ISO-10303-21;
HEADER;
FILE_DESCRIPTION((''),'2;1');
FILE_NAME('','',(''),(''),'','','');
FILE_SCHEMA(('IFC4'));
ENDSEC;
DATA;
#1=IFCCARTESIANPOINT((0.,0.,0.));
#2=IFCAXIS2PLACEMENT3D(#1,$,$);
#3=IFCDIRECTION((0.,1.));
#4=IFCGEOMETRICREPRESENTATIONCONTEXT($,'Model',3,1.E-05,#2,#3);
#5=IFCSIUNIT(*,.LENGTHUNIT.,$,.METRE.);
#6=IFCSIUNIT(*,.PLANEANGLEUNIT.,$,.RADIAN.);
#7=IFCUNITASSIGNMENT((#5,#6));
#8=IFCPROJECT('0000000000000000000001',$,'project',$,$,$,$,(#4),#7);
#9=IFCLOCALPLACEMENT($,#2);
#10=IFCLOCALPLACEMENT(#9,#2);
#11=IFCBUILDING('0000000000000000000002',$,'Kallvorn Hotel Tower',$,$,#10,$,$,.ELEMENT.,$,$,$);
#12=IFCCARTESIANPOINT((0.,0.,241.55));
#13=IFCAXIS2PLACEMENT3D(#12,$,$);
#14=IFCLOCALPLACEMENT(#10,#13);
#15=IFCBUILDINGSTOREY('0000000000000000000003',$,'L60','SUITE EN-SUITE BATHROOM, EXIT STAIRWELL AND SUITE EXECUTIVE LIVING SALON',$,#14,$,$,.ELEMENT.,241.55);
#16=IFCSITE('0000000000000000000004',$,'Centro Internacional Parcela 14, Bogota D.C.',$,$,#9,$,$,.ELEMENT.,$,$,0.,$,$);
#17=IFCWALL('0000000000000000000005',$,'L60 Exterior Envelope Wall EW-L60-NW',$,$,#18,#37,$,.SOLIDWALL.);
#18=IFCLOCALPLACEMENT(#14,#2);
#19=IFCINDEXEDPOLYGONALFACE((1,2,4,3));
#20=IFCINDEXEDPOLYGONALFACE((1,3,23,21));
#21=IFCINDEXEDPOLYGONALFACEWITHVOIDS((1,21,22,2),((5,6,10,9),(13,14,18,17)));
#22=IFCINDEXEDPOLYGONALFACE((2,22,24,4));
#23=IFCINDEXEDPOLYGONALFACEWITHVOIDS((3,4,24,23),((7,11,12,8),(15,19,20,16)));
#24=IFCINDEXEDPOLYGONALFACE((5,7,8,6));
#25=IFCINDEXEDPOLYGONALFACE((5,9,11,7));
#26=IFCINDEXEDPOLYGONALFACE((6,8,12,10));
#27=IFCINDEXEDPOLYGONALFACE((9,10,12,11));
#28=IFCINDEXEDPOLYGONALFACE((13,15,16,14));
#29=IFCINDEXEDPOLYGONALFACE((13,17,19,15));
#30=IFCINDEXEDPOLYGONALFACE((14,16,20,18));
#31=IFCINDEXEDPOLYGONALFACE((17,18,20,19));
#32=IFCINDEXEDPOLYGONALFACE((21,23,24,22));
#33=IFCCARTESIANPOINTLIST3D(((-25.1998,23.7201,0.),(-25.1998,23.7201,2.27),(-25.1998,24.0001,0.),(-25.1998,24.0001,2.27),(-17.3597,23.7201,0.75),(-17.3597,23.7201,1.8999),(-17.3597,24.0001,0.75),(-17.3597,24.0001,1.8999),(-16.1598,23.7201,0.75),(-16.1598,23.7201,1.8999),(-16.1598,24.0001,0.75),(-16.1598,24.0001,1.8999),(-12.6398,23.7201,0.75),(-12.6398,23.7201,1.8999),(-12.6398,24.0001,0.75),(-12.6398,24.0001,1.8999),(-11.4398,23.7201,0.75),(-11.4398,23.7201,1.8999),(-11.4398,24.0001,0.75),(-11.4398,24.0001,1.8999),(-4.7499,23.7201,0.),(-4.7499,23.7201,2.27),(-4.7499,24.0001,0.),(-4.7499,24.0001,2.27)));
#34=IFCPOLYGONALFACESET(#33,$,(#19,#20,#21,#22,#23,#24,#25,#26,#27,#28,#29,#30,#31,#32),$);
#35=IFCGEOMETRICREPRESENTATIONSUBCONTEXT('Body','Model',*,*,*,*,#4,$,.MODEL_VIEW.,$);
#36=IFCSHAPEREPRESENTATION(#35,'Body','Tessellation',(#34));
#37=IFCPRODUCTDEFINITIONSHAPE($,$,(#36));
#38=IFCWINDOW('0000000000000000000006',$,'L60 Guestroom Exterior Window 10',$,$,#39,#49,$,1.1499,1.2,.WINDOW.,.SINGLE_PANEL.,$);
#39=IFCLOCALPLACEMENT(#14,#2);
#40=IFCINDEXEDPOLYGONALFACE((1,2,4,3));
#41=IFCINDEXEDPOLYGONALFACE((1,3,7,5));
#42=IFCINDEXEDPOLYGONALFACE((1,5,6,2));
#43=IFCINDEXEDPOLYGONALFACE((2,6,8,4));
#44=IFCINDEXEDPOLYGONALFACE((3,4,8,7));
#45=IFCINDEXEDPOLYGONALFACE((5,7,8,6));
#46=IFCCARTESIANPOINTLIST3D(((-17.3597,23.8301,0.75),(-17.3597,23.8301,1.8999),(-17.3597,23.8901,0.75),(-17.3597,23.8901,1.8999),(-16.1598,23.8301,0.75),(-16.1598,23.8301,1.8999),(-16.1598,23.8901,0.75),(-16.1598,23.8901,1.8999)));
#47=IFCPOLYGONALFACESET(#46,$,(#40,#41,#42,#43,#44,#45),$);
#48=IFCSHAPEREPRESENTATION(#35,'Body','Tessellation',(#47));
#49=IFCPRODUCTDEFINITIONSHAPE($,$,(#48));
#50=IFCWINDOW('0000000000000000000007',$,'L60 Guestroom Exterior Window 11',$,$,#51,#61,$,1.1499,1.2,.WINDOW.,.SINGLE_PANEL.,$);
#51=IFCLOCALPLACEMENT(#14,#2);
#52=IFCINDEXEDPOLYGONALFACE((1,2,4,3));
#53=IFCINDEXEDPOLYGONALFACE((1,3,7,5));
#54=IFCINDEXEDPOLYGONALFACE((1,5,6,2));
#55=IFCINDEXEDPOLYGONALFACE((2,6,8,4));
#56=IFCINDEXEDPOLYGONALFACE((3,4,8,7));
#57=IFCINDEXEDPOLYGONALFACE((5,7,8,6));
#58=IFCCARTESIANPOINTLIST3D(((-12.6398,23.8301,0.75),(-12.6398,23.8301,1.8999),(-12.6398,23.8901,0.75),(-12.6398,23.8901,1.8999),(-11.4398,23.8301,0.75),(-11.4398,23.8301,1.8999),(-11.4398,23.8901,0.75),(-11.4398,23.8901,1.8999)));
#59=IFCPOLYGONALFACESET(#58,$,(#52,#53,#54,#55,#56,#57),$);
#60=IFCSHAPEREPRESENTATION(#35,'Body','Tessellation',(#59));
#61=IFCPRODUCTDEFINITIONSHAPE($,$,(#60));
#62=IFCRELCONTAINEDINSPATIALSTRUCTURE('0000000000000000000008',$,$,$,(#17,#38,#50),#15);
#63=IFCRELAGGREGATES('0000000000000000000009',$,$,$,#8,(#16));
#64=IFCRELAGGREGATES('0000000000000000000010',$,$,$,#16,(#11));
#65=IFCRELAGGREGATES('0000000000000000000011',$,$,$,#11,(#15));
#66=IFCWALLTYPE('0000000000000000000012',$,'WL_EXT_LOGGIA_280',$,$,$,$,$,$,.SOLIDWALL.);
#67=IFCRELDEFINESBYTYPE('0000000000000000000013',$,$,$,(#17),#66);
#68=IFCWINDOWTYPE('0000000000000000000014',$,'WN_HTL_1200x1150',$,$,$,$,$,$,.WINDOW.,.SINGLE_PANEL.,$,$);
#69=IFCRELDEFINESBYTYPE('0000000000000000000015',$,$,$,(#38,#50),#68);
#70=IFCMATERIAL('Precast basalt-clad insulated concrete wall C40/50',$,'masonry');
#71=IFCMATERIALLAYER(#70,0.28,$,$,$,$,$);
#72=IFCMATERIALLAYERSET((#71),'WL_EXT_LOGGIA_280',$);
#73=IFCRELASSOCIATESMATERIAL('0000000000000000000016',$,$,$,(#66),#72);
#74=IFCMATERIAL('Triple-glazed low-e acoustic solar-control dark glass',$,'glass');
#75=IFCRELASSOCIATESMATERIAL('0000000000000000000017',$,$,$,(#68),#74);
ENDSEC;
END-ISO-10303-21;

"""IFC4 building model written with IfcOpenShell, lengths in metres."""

from ifc_helpers import new_model, si_unit, direction, frame, frame_2d, origin, place, context, subcontext, project, spatial, rectangle, extrude, material, layer, layer_set, type_object, element, fill, save


model = new_model("IFC4")

# Units and contexts
model_context = context("Model", 3, precision=1e-05, world=origin(), true_north=direction((0.0, 1.0)))
body_context = subcontext(model_context, "Body", "Model", "MODEL_VIEW")
ifc_project = project(units=[si_unit("LENGTHUNIT", "METRE"), si_unit("PLANEANGLEUNIT", "RADIAN")], contexts=[model_context])

# Site, building, storey
site_placement = place(None, origin())
site = spatial("IfcSite", under=ifc_project, at=site_placement, Name="Centro Internacional Parcela 14, Bogota D.C.", CompositionType="ELEMENT", RefElevation=0.0)
building_placement = place(site_placement, origin())
building = spatial("IfcBuilding", under=site, at=building_placement, Name="Kallvorn Hotel Tower", CompositionType="ELEMENT")
storey_placement = place(building_placement, frame((0.0, 0.0, 241.55)))
storey = spatial("IfcBuildingStorey", under=building, at=storey_placement, Name="L60", Description="SUITE EN-SUITE BATHROOM, EXIT STAIRWELL AND SUITE EXECUTIVE LIVING SALON", CompositionType="ELEMENT", Elevation=241.55)

# Shared definitions
ifc_material_1 = material(Name="Precast basalt-clad insulated concrete wall C40/50", Category="masonry")
ifc_layer_1 = layer(ifc_material_1, 0.28)
ifc_layer_set_1 = layer_set([ifc_layer_1], Name="WL_EXT_LOGGIA_280")
wall_type = type_object("IfcWallType", Name="WL_EXT_LOGGIA_280", PredefinedType="SOLIDWALL", material=ifc_layer_set_1)

# Wall, openings, windows
wall_1_placement = place(storey_placement, frame((-25.2, 23.8601, 0.0), z_axis=(0.0, 0.0, 1.0), x_axis=(1.0, 0.0, 0.0)))
wall_1 = element("IfcWall", 1, at=wall_1_placement, inside=storey, type_object=wall_type, Name="L60 Exterior Envelope Wall EW-L60-NW", PredefinedType="SOLIDWALL", context=body_context, shape_type="SweptSolid", body=[
    extrude(rectangle(XDim=20.45, YDim=0.28, at=frame_2d((10.2251, 0.0))), origin(), (0.0, 0.0, 1.0), 2.27),
])
opening_1_placement = place(wall_1_placement, frame((7.8401, 0.0, 0.75)))
opening_1 = element("IfcOpeningElement", 2, at=opening_1_placement, cuts=wall_1, PredefinedType="OPENING", context=body_context, shape_type="SweptSolid", body=[
    extrude(rectangle(XDim=1.2, YDim=1.1499, at=frame_2d((0.6001, 0.575))), frame((0.0, 0.155, 0.0), z_axis=(0.0, -1.0, 0.0), x_axis=(1.0, 0.0, 0.0)), (0.0, 0.0, 1.0), 0.3101),
])
opening_2_placement = place(wall_1_placement, frame((12.5601, 0.0, 0.75)))
opening_2 = element("IfcOpeningElement", 3, at=opening_2_placement, cuts=wall_1, PredefinedType="OPENING", context=body_context, shape_type="SweptSolid", body=[
    extrude(rectangle(XDim=1.2, YDim=1.1499, at=frame_2d((0.6001, 0.575))), frame((0.0, 0.155, 0.0), z_axis=(0.0, -1.0, 0.0), x_axis=(1.0, 0.0, 0.0)), (0.0, 0.0, 1.0), 0.3101),
])
ifc_material_2 = material(Name="Triple-glazed low-e acoustic solar-control dark glass", Category="glass")
window_type = type_object("IfcWindowType", Name="WN_HTL_1200x1150", PartitioningType="SINGLE_PANEL", PredefinedType="WINDOW", material=ifc_material_2)
window_1_placement = place(opening_1_placement, origin())
window_1 = element("IfcWindow", 4, at=window_1_placement, inside=storey, type_object=window_type, Name="L60 Guestroom Exterior Window 10", OverallHeight=1.1499, OverallWidth=1.2, PartitioningType="SINGLE_PANEL", PredefinedType="WINDOW", context=body_context, shape_type="SweptSolid", body=[
    extrude(rectangle(XDim=1.2, YDim=1.1499, at=frame_2d((0.6001, 0.575))), frame((0.0, 0.03, 0.0), z_axis=(0.0, -1.0, 0.0), x_axis=(1.0, 0.0, 0.0)), (0.0, 0.0, 1.0), 0.0601),
])
fill(opening_1, window_1)
window_2_placement = place(opening_2_placement, origin())
window_2 = element("IfcWindow", 5, at=window_2_placement, inside=storey, type_object=window_type, Name="L60 Guestroom Exterior Window 11", OverallHeight=1.1499, OverallWidth=1.2, PartitioningType="SINGLE_PANEL", PredefinedType="WINDOW", context=body_context, shape_type="SweptSolid", body=[
    extrude(rectangle(XDim=1.2, YDim=1.1499, at=frame_2d((0.6001, 0.575))), frame((0.0, 0.03, 0.0), z_axis=(0.0, -1.0, 0.0), x_axis=(1.0, 0.0, 0.0)), (0.0, 0.0, 1.0), 0.0601),
])
fill(opening_2, window_2)

save(model, "model.ifc")
